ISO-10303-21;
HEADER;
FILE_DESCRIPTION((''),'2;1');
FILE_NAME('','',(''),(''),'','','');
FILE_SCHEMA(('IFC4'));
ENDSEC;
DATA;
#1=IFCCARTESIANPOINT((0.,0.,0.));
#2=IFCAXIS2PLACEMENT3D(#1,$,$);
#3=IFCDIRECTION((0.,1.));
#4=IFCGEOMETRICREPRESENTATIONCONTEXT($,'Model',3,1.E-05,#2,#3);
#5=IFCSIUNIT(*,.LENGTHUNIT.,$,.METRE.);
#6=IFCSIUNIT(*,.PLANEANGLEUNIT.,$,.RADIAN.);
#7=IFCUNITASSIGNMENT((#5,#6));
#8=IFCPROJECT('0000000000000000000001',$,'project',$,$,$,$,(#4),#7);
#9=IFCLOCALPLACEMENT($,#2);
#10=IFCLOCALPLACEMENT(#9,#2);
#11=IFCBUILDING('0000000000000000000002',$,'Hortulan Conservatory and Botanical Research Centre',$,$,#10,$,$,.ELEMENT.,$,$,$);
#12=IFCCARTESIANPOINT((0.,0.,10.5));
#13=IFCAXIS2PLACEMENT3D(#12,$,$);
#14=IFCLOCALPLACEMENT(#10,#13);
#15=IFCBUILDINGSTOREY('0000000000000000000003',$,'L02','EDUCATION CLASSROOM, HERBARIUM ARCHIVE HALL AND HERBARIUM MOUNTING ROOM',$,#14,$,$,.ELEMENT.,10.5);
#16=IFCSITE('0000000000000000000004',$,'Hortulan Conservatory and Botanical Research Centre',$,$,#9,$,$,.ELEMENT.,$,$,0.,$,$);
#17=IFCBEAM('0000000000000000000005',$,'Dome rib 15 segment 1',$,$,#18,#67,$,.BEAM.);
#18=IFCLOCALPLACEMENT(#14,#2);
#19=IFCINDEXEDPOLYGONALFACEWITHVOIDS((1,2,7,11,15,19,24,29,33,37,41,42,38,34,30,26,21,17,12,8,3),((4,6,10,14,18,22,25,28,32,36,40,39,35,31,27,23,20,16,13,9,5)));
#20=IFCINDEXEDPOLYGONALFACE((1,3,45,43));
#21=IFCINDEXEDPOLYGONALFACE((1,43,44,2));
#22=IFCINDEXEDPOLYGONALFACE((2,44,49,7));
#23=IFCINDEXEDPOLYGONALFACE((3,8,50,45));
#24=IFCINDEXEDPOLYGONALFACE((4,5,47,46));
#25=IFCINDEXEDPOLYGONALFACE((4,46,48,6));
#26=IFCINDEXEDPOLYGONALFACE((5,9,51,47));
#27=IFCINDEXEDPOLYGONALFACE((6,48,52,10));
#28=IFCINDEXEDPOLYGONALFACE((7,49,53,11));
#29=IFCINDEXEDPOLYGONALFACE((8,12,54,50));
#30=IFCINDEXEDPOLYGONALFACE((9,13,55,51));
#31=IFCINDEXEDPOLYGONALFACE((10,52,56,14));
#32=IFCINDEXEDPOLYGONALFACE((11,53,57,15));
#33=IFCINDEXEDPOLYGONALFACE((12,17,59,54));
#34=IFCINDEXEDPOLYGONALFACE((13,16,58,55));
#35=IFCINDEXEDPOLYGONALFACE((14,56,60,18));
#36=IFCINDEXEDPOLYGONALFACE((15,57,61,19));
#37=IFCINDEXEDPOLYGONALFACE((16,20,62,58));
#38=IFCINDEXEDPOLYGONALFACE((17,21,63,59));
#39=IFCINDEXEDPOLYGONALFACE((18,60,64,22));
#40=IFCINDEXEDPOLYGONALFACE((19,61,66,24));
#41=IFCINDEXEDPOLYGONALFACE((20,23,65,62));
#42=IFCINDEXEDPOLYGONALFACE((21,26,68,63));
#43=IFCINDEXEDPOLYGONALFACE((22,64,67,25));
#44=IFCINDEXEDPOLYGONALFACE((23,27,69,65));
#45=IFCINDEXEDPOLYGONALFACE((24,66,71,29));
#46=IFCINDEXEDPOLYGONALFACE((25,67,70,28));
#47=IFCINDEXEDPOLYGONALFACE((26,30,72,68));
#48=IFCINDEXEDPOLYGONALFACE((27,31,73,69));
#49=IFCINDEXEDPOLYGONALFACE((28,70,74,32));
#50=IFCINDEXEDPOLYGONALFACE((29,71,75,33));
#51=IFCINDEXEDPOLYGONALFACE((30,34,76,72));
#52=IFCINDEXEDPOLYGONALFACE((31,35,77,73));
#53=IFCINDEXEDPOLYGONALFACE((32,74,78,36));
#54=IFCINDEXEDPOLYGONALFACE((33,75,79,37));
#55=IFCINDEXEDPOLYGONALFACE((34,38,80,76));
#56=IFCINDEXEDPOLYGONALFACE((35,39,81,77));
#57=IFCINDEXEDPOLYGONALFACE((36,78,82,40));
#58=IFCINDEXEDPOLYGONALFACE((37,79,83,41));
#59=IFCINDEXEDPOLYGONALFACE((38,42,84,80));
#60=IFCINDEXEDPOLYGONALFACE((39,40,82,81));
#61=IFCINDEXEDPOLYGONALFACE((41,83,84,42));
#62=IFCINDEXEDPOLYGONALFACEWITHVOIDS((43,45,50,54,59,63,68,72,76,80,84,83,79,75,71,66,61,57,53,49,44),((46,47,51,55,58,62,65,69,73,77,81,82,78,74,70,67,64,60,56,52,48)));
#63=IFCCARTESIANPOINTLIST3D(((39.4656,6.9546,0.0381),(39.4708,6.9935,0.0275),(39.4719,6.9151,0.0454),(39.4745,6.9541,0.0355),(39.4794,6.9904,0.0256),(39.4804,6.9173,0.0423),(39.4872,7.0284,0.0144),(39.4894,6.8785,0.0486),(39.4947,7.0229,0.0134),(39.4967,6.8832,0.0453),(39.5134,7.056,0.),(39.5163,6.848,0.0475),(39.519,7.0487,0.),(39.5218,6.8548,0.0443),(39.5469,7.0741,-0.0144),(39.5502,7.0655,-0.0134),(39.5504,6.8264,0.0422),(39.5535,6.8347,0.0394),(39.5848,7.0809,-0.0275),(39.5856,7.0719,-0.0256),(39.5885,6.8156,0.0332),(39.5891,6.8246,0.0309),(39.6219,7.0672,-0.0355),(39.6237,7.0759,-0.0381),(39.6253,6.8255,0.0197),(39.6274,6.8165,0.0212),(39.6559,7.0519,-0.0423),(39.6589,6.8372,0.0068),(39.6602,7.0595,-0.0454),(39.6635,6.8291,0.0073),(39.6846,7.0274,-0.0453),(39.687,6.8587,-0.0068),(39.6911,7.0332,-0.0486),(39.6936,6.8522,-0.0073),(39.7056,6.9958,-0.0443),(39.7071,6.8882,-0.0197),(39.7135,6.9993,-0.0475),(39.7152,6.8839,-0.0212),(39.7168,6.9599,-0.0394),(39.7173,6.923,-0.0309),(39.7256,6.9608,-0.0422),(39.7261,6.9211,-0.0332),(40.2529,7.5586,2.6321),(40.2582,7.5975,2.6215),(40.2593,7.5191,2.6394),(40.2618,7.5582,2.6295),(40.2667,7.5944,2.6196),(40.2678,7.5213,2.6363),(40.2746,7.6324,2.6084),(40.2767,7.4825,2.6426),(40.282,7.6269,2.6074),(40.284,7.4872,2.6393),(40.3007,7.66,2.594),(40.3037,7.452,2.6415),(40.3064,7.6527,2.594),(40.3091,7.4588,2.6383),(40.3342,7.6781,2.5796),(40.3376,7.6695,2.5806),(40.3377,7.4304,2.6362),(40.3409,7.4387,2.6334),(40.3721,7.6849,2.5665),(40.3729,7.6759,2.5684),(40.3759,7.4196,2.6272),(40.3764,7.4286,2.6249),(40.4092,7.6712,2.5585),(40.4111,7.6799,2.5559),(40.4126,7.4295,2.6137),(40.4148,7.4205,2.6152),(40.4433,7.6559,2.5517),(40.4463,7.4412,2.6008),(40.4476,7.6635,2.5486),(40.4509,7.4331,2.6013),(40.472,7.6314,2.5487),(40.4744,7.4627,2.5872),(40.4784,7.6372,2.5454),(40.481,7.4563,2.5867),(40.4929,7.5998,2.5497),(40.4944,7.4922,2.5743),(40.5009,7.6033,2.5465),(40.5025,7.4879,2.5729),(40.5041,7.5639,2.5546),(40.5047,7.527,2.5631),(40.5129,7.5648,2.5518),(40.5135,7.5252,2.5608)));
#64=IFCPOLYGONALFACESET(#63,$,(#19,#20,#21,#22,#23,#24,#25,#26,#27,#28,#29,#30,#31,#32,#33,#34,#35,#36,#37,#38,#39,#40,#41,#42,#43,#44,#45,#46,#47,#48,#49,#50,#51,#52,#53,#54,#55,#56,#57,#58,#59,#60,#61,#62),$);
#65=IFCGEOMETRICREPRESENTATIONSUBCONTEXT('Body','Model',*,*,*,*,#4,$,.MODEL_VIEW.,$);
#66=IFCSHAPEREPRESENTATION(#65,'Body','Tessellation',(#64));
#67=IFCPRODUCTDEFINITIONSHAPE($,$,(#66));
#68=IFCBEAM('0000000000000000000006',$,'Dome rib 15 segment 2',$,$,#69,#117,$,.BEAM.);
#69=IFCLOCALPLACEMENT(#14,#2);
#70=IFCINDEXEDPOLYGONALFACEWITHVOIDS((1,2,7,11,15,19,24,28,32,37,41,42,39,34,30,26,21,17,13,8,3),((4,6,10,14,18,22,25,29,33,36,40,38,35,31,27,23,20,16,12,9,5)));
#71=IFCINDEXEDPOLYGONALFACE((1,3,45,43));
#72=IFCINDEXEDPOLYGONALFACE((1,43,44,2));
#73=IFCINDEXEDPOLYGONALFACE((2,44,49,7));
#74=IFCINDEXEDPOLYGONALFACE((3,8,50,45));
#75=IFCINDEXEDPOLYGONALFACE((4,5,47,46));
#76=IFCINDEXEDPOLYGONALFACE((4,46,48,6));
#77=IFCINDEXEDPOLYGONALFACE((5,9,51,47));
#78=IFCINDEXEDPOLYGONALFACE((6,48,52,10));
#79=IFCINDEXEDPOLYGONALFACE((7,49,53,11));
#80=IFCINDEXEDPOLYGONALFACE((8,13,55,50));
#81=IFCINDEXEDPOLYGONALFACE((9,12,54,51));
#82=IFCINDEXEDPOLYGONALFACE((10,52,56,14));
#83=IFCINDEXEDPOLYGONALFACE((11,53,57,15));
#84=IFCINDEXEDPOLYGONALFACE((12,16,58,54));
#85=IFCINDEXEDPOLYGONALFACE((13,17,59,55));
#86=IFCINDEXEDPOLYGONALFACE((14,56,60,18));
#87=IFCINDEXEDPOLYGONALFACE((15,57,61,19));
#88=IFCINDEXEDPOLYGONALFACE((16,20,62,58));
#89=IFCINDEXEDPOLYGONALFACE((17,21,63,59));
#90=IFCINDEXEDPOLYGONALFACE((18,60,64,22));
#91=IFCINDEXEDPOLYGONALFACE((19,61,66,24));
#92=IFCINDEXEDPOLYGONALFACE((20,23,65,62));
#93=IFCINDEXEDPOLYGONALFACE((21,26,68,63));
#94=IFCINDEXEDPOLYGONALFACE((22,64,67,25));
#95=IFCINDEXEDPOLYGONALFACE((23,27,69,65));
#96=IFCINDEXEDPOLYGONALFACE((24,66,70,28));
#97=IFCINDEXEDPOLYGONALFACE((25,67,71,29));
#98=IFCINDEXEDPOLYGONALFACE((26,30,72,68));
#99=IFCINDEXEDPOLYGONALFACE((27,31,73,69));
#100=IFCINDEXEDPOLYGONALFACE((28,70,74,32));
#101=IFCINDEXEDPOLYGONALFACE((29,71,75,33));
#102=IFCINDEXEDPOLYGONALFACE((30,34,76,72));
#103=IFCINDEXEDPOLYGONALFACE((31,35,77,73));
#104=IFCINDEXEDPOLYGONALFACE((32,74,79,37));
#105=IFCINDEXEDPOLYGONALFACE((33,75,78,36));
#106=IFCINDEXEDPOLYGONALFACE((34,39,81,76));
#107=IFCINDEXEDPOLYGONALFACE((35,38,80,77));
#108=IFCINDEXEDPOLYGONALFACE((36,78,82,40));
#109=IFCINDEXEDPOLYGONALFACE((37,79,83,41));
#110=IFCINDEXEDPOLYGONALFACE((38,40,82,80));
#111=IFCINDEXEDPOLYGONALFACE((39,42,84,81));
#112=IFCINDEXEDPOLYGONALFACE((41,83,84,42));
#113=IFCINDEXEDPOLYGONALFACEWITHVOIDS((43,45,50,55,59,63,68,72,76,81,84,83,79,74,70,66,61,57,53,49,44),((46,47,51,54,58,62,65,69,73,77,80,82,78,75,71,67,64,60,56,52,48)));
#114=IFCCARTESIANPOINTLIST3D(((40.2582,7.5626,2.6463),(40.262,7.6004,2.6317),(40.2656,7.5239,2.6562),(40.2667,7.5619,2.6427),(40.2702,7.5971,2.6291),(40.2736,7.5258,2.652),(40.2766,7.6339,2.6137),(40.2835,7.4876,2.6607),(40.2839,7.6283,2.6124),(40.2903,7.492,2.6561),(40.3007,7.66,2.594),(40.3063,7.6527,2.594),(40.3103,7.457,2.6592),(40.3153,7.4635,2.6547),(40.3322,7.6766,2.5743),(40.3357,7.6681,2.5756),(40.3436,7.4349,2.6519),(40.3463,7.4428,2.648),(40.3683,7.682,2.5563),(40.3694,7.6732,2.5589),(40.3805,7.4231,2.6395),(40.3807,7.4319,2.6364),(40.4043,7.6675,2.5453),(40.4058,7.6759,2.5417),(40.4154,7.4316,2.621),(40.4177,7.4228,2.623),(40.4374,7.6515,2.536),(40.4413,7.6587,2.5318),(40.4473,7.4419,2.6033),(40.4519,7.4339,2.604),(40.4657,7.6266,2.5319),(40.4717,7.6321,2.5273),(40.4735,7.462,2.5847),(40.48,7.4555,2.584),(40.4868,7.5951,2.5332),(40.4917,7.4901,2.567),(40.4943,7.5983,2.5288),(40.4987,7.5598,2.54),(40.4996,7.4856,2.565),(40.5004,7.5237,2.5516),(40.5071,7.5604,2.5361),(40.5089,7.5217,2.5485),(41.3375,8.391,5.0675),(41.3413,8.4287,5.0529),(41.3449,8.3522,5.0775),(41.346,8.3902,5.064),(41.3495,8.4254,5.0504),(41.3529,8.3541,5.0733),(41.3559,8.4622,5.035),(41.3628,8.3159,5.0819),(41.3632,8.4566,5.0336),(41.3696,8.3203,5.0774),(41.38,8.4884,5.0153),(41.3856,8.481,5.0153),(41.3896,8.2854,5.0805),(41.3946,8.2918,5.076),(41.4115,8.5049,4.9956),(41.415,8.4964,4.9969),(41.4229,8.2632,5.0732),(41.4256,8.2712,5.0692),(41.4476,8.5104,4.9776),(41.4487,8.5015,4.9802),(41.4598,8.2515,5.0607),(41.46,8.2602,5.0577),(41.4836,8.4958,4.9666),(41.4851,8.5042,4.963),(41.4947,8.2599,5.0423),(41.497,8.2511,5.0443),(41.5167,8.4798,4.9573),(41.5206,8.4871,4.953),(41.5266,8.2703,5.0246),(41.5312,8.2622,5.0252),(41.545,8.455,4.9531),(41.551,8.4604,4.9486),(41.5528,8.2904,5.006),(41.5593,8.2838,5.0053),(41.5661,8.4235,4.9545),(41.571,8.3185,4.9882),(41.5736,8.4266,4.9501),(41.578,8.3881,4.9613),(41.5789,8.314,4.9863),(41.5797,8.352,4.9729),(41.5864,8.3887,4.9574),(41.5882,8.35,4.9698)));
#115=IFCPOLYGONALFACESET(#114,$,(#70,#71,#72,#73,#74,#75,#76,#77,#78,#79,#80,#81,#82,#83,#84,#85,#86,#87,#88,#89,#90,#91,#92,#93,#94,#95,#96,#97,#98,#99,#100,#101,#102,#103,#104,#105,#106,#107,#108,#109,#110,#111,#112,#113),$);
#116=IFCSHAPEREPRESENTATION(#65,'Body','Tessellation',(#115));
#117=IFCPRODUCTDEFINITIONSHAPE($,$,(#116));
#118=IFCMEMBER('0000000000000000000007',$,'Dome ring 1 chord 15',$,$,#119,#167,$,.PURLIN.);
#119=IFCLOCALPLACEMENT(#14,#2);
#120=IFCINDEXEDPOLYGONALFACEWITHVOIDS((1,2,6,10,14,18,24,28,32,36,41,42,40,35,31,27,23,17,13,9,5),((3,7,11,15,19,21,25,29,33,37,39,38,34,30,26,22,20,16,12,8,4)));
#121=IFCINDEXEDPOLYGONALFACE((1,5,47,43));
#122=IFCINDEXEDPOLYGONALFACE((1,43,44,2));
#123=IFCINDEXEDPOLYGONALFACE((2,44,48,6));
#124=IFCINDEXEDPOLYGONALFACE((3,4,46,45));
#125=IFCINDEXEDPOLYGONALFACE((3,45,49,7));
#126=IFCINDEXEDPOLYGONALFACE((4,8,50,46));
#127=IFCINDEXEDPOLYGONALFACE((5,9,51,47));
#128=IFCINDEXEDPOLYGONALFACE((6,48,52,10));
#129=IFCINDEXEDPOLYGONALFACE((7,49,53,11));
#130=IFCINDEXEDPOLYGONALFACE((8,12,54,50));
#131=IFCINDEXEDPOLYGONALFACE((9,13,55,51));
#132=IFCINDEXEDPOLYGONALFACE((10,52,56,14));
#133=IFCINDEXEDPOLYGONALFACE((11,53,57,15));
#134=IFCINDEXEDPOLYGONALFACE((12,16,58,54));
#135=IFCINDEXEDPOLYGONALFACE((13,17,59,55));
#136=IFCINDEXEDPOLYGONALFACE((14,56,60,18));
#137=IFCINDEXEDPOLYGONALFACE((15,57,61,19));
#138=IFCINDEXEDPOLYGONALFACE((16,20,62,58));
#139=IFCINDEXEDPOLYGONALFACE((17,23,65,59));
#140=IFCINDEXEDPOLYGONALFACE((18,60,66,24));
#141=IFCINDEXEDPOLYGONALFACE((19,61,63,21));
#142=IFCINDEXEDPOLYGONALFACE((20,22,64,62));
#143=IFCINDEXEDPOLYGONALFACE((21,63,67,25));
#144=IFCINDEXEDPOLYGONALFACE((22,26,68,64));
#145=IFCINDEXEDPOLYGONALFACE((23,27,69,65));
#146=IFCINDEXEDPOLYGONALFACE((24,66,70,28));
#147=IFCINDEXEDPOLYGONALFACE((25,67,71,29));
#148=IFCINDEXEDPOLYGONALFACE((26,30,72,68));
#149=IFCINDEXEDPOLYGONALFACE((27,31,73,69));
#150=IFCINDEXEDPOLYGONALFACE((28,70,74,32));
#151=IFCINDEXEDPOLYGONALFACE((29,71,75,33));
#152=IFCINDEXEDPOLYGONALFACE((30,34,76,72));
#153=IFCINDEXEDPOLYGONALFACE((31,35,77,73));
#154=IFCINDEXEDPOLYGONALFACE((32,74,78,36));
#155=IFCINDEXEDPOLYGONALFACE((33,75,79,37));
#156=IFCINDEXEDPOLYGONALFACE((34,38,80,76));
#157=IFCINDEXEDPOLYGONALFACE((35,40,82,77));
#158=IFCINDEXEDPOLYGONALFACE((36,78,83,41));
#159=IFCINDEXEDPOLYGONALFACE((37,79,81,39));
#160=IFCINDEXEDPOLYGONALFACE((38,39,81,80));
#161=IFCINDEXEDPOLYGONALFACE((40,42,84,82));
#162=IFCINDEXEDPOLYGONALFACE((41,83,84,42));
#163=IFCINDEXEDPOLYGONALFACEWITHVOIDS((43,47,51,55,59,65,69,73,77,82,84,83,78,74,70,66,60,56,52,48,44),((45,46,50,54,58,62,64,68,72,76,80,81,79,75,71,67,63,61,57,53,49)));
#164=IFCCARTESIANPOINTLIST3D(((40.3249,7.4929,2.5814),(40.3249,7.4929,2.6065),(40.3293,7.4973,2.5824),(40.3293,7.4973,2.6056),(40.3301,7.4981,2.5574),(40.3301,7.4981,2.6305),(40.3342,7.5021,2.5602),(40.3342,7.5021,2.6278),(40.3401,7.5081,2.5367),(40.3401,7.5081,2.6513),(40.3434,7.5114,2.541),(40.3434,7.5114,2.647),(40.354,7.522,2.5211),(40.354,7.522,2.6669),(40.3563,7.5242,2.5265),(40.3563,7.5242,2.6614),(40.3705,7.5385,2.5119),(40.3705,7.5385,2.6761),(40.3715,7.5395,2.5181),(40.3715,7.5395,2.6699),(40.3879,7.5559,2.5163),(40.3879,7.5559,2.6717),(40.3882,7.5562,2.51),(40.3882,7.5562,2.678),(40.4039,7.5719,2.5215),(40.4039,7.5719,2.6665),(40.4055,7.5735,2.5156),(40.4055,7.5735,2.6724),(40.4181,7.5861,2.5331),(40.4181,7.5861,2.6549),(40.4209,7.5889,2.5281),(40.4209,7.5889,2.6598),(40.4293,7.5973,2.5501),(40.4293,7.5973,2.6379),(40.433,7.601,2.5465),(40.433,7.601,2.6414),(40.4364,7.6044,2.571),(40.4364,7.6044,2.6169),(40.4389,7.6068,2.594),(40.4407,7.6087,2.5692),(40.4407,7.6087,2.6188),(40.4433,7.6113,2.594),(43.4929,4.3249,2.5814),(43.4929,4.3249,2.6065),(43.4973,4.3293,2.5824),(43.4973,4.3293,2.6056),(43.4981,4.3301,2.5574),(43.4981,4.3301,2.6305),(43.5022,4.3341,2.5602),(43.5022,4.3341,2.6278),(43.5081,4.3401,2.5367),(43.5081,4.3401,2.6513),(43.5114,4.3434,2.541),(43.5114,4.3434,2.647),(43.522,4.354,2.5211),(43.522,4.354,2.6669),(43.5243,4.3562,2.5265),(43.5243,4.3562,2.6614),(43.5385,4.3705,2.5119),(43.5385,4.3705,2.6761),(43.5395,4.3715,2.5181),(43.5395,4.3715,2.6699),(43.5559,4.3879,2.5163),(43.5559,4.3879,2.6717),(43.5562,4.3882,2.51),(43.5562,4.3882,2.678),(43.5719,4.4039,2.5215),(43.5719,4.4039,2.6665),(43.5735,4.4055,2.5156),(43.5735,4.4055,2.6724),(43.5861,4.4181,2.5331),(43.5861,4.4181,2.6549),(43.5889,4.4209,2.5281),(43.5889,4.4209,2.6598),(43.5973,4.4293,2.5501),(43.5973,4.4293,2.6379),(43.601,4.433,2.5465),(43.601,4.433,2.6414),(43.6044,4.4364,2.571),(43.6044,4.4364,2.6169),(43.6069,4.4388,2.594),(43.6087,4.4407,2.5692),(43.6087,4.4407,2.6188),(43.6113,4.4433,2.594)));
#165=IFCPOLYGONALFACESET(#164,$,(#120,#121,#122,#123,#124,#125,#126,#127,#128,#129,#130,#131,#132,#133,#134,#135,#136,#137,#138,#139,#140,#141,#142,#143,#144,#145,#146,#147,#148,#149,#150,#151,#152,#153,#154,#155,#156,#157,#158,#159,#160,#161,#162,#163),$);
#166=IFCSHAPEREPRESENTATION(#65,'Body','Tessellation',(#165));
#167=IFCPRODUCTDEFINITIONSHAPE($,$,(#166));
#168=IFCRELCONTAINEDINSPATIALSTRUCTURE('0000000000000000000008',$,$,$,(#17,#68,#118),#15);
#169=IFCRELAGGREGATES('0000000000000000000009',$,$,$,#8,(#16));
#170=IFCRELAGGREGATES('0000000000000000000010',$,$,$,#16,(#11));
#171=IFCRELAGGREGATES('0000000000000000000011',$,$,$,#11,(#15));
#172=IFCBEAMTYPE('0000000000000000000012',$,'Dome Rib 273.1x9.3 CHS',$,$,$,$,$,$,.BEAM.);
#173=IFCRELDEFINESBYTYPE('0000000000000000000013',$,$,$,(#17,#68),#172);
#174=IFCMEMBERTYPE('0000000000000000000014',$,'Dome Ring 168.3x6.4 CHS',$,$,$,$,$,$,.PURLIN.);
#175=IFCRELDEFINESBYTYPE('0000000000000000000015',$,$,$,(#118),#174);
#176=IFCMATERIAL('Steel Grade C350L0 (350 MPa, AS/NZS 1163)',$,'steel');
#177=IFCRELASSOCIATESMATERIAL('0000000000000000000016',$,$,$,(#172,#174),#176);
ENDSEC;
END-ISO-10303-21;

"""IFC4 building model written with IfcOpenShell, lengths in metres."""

from ifc_helpers import new_model, si_unit, direction, frame, origin, origin_2d, place, context, subcontext, project, spatial, hollow_circle, extrude, material, material_profile, profile_set, type_object, element, save


model = new_model("IFC4")

# Units and contexts
model_context = context("Model", 3, precision=1e-05, world=origin(), true_north=direction((0.0, 1.0)))
body_context = subcontext(model_context, "Body", "Model", "MODEL_VIEW")
ifc_project = project(units=[si_unit("LENGTHUNIT", "METRE"), si_unit("PLANEANGLEUNIT", "RADIAN")], contexts=[model_context])

# Site, building, storey
site_placement = place(None, origin())
site = spatial("IfcSite", under=ifc_project, at=site_placement, Name="Hortulan Conservatory and Botanical Research Centre", CompositionType="ELEMENT", RefElevation=0.0)
building_placement = place(site_placement, origin())
building = spatial("IfcBuilding", under=site, at=building_placement, Name="Hortulan Conservatory and Botanical Research Centre", CompositionType="ELEMENT")
storey_placement = place(building_placement, frame((0.0, 0.0, 10.5)))
storey = spatial("IfcBuildingStorey", under=building, at=storey_placement, Name="L02", Description="EDUCATION CLASSROOM, HERBARIUM ARCHIVE HALL AND HERBARIUM MOUNTING ROOM", CompositionType="ELEMENT", Elevation=10.5)

# Beams
ifc_material_1 = material(Name="Steel Grade C350L0 (350 MPa, AS/NZS 1163)", Category="steel")
ifc_material_profile_1 = material_profile(ifc_material_1, hollow_circle(Radius=0.1365, WallThickness=0.0093, at=origin_2d()), Name="273.1x9.3CHS")
ifc_profile_set_1 = profile_set([ifc_material_profile_1], Name="Steel Grade C350L0 (350 MPa, AS/NZS 1163)")
beam_type_1 = type_object("IfcBeamType", Name="Dome Rib 273.1x9.3 CHS", PredefinedType="BEAM", material=ifc_profile_set_1)
for number, where, z_axis, x_axis, name in (
    (1, (39.5964, 6.9478, 0.0), (0.283493, 0.217477, 0.933989), (-0.608664, 0.793428, 0.0), "Dome rib 15 segment 1"),
    (2, (40.3838, 7.5518, 2.594), (0.388609, 0.298247, 0.871798), (-0.608835, 0.793297, 0.0), "Dome rib 15 segment 2"),
):
    element("IfcBeam", number, at=place(storey_placement, frame(where, z_axis=z_axis, x_axis=x_axis)), inside=storey, type_object=beam_type_1, Name=name, PredefinedType="BEAM", context=body_context, shape_type="SweptSolid", body=[
        extrude(hollow_circle(Radius=0.1365, WallThickness=0.0093, at=origin_2d()), origin(), (0.0, 0.0, 1.0), 2.7773),
    ])

# Member
ifc_material_profile_2 = material_profile(ifc_material_1, hollow_circle(Radius=0.0842, WallThickness=0.0063, at=origin_2d()), Name="168.3x6.4CHS")
ifc_profile_set_2 = profile_set([ifc_material_profile_2], Name="Steel Grade C350L0 (350 MPa, AS/NZS 1163)")
member_type_1 = type_object("IfcMemberType", Name="Dome Ring 168.3x6.4 CHS", PredefinedType="PURLIN", material=ifc_profile_set_2)
member_1_placement = place(storey_placement, frame((40.3838, 7.5518, 2.594), z_axis=(0.707107, -0.707107, 0.0), x_axis=(0.707107, 0.707107, 0.0)))
element("IfcMember", 3, at=member_1_placement, inside=storey, type_object=member_type_1, Name="Dome ring 1 chord 15", PredefinedType="PURLIN", context=body_context, shape_type="SweptSolid", body=[
    extrude(hollow_circle(Radius=0.0842, WallThickness=0.0063, at=origin_2d()), origin(), (0.0, 0.0, 1.0), 4.4802),
])

save(model, "model.ifc")
